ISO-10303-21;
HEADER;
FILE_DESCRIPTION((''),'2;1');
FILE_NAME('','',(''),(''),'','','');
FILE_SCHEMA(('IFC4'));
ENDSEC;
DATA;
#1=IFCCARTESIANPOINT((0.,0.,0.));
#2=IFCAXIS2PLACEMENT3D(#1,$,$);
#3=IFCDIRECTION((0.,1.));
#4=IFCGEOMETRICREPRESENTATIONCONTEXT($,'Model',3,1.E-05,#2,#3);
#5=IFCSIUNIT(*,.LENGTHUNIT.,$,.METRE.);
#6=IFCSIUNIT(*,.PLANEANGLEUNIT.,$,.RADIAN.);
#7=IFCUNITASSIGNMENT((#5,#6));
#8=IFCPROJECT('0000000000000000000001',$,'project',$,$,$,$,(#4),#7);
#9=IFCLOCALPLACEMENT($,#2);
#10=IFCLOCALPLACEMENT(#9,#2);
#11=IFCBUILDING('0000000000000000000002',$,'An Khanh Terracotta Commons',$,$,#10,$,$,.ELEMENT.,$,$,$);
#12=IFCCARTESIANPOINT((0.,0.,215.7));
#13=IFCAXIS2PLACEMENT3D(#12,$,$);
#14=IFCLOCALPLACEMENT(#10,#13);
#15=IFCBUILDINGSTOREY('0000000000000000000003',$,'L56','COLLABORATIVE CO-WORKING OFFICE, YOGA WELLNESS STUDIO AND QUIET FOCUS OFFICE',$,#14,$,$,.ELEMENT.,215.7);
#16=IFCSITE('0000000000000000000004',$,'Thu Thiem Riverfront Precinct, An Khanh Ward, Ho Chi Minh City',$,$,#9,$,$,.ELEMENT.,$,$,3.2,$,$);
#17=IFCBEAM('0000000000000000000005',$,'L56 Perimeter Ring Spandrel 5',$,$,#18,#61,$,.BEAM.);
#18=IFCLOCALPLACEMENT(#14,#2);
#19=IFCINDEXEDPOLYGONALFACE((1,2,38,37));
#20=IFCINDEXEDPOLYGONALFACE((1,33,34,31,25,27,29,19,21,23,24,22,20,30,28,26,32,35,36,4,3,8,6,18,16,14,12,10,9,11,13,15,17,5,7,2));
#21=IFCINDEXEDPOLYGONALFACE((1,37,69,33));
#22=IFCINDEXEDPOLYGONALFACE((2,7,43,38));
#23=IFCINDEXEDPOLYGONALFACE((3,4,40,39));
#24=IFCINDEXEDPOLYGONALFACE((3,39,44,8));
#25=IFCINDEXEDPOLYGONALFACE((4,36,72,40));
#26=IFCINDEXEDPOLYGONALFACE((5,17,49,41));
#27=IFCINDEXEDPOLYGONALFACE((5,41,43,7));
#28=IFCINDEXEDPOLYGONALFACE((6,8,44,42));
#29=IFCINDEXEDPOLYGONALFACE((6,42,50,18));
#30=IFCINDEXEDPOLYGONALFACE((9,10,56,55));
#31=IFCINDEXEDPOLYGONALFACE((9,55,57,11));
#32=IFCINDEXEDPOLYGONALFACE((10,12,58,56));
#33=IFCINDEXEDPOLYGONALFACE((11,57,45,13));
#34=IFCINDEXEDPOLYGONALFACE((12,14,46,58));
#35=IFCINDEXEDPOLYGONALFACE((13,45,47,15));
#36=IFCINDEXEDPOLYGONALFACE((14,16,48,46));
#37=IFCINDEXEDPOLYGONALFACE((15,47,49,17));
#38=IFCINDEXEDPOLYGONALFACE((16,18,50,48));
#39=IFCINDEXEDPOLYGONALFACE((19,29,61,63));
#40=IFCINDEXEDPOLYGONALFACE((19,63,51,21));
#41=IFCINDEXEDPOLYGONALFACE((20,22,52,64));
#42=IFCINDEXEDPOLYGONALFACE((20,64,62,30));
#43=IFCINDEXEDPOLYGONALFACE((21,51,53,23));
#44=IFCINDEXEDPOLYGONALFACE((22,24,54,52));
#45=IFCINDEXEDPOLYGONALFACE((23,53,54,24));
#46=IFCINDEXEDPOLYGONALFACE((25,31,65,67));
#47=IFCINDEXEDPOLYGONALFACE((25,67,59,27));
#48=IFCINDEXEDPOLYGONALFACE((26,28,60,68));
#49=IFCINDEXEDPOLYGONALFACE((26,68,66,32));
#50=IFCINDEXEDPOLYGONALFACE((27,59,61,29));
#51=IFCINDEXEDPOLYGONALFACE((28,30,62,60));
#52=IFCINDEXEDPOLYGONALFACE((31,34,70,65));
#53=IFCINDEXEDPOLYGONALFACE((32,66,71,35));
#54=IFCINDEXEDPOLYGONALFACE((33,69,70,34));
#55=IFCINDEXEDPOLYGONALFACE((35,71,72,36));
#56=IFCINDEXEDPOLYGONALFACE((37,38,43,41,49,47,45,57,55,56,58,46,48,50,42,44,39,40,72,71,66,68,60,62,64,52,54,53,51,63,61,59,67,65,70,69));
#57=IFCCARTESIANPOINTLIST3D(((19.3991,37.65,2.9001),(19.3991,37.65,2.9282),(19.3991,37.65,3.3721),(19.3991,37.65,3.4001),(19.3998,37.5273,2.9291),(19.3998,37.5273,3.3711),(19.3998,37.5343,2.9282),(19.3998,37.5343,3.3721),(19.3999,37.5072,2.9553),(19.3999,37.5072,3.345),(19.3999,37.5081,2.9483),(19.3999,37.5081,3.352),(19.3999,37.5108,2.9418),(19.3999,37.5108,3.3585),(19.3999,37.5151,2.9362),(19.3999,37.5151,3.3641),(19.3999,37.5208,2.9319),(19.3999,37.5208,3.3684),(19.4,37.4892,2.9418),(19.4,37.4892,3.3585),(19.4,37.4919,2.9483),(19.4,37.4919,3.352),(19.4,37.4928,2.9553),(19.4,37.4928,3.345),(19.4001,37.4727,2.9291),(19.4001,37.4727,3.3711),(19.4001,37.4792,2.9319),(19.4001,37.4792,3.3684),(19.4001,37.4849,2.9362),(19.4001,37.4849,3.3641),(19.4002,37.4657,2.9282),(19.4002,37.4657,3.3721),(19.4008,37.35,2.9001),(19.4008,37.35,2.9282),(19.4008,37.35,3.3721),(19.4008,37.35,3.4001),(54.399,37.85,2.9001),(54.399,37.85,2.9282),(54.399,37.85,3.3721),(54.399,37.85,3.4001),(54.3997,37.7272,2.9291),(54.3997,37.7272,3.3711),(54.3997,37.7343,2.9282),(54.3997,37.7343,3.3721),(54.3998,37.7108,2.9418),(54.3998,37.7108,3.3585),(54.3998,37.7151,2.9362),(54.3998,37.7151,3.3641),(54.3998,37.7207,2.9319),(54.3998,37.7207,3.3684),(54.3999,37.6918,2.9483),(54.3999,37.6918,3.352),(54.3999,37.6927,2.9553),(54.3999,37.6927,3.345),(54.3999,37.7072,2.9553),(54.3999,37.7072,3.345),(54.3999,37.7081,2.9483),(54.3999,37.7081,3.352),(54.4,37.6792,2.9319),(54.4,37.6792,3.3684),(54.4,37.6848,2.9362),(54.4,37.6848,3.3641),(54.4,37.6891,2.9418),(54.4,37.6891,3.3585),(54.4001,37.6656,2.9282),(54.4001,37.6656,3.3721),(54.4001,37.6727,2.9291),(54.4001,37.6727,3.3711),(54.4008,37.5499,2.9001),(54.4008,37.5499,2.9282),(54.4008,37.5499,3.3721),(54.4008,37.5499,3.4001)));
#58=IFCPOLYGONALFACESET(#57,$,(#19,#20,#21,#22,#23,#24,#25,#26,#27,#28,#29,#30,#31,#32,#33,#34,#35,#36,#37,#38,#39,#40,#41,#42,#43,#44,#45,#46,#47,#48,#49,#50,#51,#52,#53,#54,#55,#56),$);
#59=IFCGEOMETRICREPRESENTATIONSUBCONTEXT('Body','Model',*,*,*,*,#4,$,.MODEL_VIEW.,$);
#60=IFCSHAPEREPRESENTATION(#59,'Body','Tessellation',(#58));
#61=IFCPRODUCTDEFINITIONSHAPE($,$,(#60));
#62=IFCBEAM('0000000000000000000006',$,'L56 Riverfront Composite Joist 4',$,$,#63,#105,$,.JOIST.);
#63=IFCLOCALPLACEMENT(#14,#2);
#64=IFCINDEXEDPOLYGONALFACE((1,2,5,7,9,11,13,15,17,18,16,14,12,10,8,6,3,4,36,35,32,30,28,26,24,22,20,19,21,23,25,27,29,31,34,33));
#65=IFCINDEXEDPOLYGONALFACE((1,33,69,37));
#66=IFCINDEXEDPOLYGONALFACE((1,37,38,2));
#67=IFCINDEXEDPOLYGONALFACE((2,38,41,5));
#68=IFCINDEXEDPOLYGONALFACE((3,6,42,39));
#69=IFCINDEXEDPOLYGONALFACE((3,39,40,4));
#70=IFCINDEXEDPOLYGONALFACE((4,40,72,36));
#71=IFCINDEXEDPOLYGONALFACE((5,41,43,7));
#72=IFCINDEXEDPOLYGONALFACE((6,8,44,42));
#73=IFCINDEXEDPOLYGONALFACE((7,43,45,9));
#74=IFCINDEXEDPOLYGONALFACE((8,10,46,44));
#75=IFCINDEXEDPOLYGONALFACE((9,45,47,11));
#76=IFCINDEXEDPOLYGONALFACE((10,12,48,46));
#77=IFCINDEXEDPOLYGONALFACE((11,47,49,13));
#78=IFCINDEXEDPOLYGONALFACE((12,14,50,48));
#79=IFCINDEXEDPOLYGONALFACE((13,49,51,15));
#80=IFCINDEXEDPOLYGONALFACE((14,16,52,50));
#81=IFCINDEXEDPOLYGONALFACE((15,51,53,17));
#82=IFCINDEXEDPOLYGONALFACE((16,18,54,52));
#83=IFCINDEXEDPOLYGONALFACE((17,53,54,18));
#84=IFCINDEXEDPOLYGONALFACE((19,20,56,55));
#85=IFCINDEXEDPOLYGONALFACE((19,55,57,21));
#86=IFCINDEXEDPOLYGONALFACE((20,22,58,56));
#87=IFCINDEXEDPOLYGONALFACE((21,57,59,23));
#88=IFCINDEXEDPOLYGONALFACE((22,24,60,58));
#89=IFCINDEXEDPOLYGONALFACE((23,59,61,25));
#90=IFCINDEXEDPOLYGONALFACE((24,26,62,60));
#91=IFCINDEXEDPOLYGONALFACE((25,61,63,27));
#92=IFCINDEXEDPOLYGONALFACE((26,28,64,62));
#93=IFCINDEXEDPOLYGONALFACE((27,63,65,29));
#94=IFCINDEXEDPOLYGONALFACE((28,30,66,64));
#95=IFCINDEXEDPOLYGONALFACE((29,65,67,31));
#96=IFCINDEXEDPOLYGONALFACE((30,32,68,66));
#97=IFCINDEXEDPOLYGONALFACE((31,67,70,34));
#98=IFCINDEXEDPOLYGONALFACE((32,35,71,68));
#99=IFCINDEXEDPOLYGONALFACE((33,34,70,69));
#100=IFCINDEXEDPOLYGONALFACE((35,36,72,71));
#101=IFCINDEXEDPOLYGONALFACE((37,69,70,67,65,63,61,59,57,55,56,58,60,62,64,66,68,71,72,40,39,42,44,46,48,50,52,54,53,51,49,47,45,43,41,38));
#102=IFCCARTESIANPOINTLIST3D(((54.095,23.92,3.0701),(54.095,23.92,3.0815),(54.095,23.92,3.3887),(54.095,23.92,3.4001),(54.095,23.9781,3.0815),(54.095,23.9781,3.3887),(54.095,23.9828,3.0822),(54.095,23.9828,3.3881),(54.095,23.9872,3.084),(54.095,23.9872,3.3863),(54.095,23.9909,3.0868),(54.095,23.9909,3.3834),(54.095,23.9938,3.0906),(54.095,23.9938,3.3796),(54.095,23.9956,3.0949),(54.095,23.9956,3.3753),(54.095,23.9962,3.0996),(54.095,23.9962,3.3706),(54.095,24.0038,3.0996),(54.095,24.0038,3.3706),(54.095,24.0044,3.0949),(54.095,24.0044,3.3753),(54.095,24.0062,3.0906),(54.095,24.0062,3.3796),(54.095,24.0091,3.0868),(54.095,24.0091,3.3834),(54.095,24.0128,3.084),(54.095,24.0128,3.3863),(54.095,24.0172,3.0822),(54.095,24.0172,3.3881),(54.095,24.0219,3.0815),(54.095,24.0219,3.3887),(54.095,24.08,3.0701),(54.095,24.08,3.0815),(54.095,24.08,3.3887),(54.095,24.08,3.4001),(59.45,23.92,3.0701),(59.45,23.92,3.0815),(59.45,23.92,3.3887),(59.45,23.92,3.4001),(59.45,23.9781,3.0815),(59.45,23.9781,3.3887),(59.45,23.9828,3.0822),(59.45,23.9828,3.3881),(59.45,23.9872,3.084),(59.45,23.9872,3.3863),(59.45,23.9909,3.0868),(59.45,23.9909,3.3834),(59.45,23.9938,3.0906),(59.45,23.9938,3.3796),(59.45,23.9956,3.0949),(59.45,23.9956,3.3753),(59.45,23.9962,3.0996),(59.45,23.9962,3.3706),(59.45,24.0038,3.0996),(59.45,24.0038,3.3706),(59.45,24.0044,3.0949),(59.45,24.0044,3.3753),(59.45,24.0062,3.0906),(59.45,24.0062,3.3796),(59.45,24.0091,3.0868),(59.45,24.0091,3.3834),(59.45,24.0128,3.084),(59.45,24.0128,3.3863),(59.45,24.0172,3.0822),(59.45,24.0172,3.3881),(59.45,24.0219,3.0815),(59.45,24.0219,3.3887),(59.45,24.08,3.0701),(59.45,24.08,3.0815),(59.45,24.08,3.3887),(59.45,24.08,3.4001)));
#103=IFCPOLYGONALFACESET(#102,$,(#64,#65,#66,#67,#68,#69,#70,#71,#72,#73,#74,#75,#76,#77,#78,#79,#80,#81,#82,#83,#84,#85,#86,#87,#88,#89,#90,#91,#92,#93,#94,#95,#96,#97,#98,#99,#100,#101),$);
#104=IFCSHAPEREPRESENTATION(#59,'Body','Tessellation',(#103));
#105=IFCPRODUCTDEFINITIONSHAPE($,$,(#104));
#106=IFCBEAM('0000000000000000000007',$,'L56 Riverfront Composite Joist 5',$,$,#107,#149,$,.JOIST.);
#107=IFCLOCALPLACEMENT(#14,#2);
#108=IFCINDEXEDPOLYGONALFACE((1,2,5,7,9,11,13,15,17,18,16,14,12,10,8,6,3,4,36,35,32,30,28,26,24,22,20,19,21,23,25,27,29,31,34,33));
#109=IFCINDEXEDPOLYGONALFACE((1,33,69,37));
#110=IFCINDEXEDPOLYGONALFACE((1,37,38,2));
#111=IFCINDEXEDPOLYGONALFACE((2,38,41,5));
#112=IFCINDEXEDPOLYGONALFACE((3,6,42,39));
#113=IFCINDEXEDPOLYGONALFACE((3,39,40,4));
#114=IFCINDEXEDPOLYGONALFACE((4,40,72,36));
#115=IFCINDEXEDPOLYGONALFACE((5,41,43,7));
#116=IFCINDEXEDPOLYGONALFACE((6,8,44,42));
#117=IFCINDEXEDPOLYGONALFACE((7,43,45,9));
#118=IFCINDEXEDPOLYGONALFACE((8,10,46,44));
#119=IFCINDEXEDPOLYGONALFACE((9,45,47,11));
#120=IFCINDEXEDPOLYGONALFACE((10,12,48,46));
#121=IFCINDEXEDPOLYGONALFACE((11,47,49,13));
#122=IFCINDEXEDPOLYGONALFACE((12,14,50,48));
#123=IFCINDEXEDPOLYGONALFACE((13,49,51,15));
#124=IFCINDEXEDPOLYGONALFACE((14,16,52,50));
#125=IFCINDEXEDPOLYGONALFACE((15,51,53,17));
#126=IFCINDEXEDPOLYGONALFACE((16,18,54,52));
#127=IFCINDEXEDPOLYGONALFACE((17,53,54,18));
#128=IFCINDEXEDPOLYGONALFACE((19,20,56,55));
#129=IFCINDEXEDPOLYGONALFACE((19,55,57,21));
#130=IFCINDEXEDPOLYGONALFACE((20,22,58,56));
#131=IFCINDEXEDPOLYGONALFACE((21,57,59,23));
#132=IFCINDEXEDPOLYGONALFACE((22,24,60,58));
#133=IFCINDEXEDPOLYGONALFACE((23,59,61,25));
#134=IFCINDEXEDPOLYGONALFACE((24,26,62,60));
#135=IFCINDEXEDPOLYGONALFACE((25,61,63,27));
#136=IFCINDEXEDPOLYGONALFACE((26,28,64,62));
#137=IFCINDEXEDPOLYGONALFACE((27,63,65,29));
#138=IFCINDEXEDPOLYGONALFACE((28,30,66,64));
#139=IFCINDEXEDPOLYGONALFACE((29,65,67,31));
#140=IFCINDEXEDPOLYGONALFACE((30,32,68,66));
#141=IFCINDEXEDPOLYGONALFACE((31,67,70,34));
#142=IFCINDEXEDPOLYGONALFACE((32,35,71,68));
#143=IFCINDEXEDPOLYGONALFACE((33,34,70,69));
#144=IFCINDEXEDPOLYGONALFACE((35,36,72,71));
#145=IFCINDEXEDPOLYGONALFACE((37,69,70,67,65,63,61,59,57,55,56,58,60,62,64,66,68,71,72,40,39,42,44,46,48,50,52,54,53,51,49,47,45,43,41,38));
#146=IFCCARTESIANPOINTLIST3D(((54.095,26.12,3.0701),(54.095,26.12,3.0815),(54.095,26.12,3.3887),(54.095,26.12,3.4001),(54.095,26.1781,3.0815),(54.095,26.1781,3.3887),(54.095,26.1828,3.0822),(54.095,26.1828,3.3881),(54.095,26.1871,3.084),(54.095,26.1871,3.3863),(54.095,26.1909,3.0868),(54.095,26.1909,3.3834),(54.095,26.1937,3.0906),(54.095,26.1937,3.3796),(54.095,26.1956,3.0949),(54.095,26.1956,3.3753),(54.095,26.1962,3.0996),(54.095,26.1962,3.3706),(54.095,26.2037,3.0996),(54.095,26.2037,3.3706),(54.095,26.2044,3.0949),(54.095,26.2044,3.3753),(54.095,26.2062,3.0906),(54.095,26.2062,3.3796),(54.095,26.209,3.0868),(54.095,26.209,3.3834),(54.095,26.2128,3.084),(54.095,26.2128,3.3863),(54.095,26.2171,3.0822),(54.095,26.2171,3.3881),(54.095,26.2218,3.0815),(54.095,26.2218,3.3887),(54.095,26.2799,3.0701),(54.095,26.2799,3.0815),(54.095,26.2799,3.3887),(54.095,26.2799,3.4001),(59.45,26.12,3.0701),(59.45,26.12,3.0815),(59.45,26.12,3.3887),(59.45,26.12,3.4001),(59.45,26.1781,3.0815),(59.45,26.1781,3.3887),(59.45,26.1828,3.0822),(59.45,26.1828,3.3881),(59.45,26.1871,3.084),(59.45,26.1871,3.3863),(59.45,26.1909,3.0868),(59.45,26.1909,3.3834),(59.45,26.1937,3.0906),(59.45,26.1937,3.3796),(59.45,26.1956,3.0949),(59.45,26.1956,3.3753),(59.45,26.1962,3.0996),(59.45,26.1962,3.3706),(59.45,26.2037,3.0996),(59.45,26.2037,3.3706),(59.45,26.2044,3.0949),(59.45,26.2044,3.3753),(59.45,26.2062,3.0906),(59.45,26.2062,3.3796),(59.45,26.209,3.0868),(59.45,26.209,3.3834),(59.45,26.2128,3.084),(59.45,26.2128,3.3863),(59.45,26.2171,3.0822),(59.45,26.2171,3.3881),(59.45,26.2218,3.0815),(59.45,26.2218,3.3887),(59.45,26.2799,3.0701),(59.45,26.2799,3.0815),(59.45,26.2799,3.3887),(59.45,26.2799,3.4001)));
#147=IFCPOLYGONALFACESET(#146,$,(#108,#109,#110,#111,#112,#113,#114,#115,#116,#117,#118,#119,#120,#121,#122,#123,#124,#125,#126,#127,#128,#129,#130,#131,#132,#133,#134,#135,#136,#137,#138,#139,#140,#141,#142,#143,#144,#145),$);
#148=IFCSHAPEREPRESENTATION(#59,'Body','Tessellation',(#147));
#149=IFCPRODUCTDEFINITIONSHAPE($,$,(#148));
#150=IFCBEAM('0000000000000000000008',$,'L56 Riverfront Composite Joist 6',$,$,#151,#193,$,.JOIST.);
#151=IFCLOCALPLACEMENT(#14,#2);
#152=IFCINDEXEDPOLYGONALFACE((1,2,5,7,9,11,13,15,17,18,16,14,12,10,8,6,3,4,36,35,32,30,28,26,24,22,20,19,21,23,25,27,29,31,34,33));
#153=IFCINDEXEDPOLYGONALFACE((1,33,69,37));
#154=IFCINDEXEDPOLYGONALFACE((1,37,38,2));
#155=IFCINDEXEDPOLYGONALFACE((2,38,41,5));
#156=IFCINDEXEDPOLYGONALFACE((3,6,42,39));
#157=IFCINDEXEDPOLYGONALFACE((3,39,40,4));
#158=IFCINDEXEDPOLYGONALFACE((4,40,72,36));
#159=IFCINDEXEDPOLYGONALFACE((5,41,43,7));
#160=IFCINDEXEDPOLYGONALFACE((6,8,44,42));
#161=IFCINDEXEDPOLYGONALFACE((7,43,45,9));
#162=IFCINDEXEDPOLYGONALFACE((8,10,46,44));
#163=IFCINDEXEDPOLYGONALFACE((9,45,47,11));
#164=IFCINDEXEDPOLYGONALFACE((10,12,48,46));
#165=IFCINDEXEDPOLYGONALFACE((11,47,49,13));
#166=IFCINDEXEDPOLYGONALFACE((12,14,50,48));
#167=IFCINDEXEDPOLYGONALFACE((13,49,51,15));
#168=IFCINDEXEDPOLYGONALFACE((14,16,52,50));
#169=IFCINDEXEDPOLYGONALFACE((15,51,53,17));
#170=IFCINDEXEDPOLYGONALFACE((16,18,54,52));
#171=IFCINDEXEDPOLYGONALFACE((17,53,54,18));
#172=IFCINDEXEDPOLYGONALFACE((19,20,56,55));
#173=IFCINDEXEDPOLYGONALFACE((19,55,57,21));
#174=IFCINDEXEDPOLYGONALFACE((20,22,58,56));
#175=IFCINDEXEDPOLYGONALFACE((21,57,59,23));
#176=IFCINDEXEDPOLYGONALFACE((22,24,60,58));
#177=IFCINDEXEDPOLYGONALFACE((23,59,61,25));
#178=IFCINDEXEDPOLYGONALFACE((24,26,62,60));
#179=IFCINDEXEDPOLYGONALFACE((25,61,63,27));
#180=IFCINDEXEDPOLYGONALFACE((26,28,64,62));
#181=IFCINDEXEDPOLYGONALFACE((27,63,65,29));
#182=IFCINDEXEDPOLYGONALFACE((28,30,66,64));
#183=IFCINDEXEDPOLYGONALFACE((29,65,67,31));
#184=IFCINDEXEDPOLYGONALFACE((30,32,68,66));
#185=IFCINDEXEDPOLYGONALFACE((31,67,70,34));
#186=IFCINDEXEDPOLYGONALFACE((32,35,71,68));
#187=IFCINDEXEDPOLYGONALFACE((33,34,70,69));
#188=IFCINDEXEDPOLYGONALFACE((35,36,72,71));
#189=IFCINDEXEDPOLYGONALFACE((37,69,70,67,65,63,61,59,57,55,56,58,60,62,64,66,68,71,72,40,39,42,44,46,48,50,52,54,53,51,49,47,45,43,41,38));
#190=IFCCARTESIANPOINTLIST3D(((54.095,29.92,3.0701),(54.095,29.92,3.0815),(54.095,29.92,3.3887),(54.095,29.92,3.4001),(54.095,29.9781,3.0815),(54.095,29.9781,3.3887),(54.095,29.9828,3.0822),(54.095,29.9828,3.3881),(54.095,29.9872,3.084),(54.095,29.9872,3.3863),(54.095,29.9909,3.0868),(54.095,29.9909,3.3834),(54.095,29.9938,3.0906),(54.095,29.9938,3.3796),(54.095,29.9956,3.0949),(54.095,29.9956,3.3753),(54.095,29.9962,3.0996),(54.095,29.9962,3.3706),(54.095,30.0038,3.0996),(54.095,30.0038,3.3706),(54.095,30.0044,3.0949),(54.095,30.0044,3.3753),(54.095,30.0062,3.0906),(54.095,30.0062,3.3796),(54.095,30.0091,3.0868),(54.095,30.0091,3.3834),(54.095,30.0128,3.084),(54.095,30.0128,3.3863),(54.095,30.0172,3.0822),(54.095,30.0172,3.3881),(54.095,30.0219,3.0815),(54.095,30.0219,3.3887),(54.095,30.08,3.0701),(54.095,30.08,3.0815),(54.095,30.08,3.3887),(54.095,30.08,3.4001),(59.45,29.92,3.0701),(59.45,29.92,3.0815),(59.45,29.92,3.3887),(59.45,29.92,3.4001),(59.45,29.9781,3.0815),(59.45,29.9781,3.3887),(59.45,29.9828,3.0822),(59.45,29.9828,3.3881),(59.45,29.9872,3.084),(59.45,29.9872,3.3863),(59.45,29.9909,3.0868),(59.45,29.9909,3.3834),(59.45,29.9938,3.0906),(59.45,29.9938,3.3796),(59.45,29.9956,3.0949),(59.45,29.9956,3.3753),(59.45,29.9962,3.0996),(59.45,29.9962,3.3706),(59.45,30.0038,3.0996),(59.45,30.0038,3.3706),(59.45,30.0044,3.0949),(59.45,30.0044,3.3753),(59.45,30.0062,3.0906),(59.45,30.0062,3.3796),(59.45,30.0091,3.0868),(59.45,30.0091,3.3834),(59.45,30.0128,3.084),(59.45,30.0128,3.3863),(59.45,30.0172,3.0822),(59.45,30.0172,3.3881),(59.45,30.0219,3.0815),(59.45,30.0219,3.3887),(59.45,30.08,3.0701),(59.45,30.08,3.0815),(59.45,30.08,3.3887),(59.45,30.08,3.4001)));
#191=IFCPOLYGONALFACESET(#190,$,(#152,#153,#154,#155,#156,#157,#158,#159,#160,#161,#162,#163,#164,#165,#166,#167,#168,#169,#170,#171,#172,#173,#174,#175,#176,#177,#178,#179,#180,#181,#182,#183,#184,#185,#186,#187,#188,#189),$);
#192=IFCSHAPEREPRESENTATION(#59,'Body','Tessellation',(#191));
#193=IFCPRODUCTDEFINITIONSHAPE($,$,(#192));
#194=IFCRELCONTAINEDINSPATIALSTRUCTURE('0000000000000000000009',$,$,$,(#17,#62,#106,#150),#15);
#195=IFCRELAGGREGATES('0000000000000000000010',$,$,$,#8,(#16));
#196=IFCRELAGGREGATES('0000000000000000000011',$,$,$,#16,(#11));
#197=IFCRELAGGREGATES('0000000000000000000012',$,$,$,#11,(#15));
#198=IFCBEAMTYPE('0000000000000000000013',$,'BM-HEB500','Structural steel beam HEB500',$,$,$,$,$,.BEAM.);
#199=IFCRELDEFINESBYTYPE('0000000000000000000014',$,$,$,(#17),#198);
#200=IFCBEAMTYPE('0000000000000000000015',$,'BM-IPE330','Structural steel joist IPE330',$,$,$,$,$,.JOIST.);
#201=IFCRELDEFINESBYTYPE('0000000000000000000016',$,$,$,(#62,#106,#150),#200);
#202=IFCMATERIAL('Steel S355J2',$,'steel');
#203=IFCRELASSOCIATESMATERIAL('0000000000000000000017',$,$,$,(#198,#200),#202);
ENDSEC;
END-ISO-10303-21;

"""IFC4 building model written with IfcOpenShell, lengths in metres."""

from ifc_helpers import new_model, si_unit, direction, frame, origin, origin_2d, place, context, subcontext, project, spatial, i_section, extrude, material, material_profile, profile_set, type_object, element, save


model = new_model("IFC4")

# Units and contexts
model_context = context("Model", 3, precision=1e-05, world=origin(), true_north=direction((0.0, 1.0)))
body_context = subcontext(model_context, "Body", "Model", "MODEL_VIEW")
ifc_project = project(units=[si_unit("LENGTHUNIT", "METRE"), si_unit("PLANEANGLEUNIT", "RADIAN")], contexts=[model_context])

# Site, building, storey
site_placement = place(None, origin())
site = spatial("IfcSite", under=ifc_project, at=site_placement, Name="Thu Thiem Riverfront Precinct, An Khanh Ward, Ho Chi Minh City", CompositionType="ELEMENT", RefElevation=3.2)
building_placement = place(site_placement, origin())
building = spatial("IfcBuilding", under=site, at=building_placement, Name="An Khanh Terracotta Commons", CompositionType="ELEMENT")
storey_placement = place(building_placement, frame((0.0, 0.0, 215.7)))
storey = spatial("IfcBuildingStorey", under=building, at=storey_placement, Name="L56", Description="COLLABORATIVE CO-WORKING OFFICE, YOGA WELLNESS STUDIO AND QUIET FOCUS OFFICE", CompositionType="ELEMENT", Elevation=215.7)

# Beams
ifc_material_1 = material(Name="Steel S355J2", Category="steel")
ifc_material_profile_1 = material_profile(ifc_material_1, i_section(OverallWidth=0.3, OverallDepth=0.5, WebThickness=0.0144, FlangeThickness=0.0281, FilletRadius=0.0271, at=origin_2d()), Name="HEB500")
ifc_profile_set_1 = profile_set([ifc_material_profile_1], Name="Steel S355J2")
beam_type_1 = type_object("IfcBeamType", Name="BM-HEB500", Description="Structural steel beam HEB500", PredefinedType="BEAM", material=ifc_profile_set_1)
beam_1_placement = place(storey_placement, frame((54.3999, 37.7, 3.1501), z_axis=(-0.999984, -0.005713, 0.0), x_axis=(0.005713, -0.999984, 0.0)))
element("IfcBeam", 1, at=beam_1_placement, inside=storey, type_object=beam_type_1, Name="L56 Perimeter Ring Spandrel 5", PredefinedType="BEAM", context=body_context, shape_type="SweptSolid", body=[
    extrude(i_section(OverallWidth=0.3, OverallDepth=0.5, WebThickness=0.0144, FlangeThickness=0.0281, FilletRadius=0.0271, at=origin_2d()), origin(), (0.0, 0.0, 1.0), 35.0005),
])
ifc_material_profile_2 = material_profile(ifc_material_1, i_section(OverallWidth=0.1599, OverallDepth=0.3301, WebThickness=0.0076, FlangeThickness=0.0115, FilletRadius=0.0181, at=origin_2d()), Name="IPE330")
ifc_profile_set_2 = profile_set([ifc_material_profile_2], Name="Steel S355J2")
beam_type_2 = type_object("IfcBeamType", Name="BM-IPE330", Description="Structural steel joist IPE330", PredefinedType="JOIST", material=ifc_profile_set_2)
for number, where, z_axis, x_axis, name in (
    (2, (54.095, 24.0, 3.2351), (1.0, 0.0, 0.0), (0.0, 1.0, 0.0), "L56 Riverfront Composite Joist 4"),
    (3, (54.095, 26.2, 3.2351), (1.0, 0.0, 0.0), (0.0, 1.0, 0.0), "L56 Riverfront Composite Joist 5"),
    (4, (54.095, 30.0, 3.2351), (1.0, 0.0, 0.0), (0.0, 1.0, 0.0), "L56 Riverfront Composite Joist 6"),
):
    element("IfcBeam", number, at=place(storey_placement, frame(where, z_axis=z_axis, x_axis=x_axis)), inside=storey, type_object=beam_type_2, Name=name, PredefinedType="JOIST", context=body_context, shape_type="SweptSolid", body=[
        extrude(i_section(OverallWidth=0.1599, OverallDepth=0.3301, WebThickness=0.0076, FlangeThickness=0.0115, FilletRadius=0.0181, at=origin_2d()), origin(), (0.0, 0.0, 1.0), 5.355),
    ])

save(model, "model.ifc")
